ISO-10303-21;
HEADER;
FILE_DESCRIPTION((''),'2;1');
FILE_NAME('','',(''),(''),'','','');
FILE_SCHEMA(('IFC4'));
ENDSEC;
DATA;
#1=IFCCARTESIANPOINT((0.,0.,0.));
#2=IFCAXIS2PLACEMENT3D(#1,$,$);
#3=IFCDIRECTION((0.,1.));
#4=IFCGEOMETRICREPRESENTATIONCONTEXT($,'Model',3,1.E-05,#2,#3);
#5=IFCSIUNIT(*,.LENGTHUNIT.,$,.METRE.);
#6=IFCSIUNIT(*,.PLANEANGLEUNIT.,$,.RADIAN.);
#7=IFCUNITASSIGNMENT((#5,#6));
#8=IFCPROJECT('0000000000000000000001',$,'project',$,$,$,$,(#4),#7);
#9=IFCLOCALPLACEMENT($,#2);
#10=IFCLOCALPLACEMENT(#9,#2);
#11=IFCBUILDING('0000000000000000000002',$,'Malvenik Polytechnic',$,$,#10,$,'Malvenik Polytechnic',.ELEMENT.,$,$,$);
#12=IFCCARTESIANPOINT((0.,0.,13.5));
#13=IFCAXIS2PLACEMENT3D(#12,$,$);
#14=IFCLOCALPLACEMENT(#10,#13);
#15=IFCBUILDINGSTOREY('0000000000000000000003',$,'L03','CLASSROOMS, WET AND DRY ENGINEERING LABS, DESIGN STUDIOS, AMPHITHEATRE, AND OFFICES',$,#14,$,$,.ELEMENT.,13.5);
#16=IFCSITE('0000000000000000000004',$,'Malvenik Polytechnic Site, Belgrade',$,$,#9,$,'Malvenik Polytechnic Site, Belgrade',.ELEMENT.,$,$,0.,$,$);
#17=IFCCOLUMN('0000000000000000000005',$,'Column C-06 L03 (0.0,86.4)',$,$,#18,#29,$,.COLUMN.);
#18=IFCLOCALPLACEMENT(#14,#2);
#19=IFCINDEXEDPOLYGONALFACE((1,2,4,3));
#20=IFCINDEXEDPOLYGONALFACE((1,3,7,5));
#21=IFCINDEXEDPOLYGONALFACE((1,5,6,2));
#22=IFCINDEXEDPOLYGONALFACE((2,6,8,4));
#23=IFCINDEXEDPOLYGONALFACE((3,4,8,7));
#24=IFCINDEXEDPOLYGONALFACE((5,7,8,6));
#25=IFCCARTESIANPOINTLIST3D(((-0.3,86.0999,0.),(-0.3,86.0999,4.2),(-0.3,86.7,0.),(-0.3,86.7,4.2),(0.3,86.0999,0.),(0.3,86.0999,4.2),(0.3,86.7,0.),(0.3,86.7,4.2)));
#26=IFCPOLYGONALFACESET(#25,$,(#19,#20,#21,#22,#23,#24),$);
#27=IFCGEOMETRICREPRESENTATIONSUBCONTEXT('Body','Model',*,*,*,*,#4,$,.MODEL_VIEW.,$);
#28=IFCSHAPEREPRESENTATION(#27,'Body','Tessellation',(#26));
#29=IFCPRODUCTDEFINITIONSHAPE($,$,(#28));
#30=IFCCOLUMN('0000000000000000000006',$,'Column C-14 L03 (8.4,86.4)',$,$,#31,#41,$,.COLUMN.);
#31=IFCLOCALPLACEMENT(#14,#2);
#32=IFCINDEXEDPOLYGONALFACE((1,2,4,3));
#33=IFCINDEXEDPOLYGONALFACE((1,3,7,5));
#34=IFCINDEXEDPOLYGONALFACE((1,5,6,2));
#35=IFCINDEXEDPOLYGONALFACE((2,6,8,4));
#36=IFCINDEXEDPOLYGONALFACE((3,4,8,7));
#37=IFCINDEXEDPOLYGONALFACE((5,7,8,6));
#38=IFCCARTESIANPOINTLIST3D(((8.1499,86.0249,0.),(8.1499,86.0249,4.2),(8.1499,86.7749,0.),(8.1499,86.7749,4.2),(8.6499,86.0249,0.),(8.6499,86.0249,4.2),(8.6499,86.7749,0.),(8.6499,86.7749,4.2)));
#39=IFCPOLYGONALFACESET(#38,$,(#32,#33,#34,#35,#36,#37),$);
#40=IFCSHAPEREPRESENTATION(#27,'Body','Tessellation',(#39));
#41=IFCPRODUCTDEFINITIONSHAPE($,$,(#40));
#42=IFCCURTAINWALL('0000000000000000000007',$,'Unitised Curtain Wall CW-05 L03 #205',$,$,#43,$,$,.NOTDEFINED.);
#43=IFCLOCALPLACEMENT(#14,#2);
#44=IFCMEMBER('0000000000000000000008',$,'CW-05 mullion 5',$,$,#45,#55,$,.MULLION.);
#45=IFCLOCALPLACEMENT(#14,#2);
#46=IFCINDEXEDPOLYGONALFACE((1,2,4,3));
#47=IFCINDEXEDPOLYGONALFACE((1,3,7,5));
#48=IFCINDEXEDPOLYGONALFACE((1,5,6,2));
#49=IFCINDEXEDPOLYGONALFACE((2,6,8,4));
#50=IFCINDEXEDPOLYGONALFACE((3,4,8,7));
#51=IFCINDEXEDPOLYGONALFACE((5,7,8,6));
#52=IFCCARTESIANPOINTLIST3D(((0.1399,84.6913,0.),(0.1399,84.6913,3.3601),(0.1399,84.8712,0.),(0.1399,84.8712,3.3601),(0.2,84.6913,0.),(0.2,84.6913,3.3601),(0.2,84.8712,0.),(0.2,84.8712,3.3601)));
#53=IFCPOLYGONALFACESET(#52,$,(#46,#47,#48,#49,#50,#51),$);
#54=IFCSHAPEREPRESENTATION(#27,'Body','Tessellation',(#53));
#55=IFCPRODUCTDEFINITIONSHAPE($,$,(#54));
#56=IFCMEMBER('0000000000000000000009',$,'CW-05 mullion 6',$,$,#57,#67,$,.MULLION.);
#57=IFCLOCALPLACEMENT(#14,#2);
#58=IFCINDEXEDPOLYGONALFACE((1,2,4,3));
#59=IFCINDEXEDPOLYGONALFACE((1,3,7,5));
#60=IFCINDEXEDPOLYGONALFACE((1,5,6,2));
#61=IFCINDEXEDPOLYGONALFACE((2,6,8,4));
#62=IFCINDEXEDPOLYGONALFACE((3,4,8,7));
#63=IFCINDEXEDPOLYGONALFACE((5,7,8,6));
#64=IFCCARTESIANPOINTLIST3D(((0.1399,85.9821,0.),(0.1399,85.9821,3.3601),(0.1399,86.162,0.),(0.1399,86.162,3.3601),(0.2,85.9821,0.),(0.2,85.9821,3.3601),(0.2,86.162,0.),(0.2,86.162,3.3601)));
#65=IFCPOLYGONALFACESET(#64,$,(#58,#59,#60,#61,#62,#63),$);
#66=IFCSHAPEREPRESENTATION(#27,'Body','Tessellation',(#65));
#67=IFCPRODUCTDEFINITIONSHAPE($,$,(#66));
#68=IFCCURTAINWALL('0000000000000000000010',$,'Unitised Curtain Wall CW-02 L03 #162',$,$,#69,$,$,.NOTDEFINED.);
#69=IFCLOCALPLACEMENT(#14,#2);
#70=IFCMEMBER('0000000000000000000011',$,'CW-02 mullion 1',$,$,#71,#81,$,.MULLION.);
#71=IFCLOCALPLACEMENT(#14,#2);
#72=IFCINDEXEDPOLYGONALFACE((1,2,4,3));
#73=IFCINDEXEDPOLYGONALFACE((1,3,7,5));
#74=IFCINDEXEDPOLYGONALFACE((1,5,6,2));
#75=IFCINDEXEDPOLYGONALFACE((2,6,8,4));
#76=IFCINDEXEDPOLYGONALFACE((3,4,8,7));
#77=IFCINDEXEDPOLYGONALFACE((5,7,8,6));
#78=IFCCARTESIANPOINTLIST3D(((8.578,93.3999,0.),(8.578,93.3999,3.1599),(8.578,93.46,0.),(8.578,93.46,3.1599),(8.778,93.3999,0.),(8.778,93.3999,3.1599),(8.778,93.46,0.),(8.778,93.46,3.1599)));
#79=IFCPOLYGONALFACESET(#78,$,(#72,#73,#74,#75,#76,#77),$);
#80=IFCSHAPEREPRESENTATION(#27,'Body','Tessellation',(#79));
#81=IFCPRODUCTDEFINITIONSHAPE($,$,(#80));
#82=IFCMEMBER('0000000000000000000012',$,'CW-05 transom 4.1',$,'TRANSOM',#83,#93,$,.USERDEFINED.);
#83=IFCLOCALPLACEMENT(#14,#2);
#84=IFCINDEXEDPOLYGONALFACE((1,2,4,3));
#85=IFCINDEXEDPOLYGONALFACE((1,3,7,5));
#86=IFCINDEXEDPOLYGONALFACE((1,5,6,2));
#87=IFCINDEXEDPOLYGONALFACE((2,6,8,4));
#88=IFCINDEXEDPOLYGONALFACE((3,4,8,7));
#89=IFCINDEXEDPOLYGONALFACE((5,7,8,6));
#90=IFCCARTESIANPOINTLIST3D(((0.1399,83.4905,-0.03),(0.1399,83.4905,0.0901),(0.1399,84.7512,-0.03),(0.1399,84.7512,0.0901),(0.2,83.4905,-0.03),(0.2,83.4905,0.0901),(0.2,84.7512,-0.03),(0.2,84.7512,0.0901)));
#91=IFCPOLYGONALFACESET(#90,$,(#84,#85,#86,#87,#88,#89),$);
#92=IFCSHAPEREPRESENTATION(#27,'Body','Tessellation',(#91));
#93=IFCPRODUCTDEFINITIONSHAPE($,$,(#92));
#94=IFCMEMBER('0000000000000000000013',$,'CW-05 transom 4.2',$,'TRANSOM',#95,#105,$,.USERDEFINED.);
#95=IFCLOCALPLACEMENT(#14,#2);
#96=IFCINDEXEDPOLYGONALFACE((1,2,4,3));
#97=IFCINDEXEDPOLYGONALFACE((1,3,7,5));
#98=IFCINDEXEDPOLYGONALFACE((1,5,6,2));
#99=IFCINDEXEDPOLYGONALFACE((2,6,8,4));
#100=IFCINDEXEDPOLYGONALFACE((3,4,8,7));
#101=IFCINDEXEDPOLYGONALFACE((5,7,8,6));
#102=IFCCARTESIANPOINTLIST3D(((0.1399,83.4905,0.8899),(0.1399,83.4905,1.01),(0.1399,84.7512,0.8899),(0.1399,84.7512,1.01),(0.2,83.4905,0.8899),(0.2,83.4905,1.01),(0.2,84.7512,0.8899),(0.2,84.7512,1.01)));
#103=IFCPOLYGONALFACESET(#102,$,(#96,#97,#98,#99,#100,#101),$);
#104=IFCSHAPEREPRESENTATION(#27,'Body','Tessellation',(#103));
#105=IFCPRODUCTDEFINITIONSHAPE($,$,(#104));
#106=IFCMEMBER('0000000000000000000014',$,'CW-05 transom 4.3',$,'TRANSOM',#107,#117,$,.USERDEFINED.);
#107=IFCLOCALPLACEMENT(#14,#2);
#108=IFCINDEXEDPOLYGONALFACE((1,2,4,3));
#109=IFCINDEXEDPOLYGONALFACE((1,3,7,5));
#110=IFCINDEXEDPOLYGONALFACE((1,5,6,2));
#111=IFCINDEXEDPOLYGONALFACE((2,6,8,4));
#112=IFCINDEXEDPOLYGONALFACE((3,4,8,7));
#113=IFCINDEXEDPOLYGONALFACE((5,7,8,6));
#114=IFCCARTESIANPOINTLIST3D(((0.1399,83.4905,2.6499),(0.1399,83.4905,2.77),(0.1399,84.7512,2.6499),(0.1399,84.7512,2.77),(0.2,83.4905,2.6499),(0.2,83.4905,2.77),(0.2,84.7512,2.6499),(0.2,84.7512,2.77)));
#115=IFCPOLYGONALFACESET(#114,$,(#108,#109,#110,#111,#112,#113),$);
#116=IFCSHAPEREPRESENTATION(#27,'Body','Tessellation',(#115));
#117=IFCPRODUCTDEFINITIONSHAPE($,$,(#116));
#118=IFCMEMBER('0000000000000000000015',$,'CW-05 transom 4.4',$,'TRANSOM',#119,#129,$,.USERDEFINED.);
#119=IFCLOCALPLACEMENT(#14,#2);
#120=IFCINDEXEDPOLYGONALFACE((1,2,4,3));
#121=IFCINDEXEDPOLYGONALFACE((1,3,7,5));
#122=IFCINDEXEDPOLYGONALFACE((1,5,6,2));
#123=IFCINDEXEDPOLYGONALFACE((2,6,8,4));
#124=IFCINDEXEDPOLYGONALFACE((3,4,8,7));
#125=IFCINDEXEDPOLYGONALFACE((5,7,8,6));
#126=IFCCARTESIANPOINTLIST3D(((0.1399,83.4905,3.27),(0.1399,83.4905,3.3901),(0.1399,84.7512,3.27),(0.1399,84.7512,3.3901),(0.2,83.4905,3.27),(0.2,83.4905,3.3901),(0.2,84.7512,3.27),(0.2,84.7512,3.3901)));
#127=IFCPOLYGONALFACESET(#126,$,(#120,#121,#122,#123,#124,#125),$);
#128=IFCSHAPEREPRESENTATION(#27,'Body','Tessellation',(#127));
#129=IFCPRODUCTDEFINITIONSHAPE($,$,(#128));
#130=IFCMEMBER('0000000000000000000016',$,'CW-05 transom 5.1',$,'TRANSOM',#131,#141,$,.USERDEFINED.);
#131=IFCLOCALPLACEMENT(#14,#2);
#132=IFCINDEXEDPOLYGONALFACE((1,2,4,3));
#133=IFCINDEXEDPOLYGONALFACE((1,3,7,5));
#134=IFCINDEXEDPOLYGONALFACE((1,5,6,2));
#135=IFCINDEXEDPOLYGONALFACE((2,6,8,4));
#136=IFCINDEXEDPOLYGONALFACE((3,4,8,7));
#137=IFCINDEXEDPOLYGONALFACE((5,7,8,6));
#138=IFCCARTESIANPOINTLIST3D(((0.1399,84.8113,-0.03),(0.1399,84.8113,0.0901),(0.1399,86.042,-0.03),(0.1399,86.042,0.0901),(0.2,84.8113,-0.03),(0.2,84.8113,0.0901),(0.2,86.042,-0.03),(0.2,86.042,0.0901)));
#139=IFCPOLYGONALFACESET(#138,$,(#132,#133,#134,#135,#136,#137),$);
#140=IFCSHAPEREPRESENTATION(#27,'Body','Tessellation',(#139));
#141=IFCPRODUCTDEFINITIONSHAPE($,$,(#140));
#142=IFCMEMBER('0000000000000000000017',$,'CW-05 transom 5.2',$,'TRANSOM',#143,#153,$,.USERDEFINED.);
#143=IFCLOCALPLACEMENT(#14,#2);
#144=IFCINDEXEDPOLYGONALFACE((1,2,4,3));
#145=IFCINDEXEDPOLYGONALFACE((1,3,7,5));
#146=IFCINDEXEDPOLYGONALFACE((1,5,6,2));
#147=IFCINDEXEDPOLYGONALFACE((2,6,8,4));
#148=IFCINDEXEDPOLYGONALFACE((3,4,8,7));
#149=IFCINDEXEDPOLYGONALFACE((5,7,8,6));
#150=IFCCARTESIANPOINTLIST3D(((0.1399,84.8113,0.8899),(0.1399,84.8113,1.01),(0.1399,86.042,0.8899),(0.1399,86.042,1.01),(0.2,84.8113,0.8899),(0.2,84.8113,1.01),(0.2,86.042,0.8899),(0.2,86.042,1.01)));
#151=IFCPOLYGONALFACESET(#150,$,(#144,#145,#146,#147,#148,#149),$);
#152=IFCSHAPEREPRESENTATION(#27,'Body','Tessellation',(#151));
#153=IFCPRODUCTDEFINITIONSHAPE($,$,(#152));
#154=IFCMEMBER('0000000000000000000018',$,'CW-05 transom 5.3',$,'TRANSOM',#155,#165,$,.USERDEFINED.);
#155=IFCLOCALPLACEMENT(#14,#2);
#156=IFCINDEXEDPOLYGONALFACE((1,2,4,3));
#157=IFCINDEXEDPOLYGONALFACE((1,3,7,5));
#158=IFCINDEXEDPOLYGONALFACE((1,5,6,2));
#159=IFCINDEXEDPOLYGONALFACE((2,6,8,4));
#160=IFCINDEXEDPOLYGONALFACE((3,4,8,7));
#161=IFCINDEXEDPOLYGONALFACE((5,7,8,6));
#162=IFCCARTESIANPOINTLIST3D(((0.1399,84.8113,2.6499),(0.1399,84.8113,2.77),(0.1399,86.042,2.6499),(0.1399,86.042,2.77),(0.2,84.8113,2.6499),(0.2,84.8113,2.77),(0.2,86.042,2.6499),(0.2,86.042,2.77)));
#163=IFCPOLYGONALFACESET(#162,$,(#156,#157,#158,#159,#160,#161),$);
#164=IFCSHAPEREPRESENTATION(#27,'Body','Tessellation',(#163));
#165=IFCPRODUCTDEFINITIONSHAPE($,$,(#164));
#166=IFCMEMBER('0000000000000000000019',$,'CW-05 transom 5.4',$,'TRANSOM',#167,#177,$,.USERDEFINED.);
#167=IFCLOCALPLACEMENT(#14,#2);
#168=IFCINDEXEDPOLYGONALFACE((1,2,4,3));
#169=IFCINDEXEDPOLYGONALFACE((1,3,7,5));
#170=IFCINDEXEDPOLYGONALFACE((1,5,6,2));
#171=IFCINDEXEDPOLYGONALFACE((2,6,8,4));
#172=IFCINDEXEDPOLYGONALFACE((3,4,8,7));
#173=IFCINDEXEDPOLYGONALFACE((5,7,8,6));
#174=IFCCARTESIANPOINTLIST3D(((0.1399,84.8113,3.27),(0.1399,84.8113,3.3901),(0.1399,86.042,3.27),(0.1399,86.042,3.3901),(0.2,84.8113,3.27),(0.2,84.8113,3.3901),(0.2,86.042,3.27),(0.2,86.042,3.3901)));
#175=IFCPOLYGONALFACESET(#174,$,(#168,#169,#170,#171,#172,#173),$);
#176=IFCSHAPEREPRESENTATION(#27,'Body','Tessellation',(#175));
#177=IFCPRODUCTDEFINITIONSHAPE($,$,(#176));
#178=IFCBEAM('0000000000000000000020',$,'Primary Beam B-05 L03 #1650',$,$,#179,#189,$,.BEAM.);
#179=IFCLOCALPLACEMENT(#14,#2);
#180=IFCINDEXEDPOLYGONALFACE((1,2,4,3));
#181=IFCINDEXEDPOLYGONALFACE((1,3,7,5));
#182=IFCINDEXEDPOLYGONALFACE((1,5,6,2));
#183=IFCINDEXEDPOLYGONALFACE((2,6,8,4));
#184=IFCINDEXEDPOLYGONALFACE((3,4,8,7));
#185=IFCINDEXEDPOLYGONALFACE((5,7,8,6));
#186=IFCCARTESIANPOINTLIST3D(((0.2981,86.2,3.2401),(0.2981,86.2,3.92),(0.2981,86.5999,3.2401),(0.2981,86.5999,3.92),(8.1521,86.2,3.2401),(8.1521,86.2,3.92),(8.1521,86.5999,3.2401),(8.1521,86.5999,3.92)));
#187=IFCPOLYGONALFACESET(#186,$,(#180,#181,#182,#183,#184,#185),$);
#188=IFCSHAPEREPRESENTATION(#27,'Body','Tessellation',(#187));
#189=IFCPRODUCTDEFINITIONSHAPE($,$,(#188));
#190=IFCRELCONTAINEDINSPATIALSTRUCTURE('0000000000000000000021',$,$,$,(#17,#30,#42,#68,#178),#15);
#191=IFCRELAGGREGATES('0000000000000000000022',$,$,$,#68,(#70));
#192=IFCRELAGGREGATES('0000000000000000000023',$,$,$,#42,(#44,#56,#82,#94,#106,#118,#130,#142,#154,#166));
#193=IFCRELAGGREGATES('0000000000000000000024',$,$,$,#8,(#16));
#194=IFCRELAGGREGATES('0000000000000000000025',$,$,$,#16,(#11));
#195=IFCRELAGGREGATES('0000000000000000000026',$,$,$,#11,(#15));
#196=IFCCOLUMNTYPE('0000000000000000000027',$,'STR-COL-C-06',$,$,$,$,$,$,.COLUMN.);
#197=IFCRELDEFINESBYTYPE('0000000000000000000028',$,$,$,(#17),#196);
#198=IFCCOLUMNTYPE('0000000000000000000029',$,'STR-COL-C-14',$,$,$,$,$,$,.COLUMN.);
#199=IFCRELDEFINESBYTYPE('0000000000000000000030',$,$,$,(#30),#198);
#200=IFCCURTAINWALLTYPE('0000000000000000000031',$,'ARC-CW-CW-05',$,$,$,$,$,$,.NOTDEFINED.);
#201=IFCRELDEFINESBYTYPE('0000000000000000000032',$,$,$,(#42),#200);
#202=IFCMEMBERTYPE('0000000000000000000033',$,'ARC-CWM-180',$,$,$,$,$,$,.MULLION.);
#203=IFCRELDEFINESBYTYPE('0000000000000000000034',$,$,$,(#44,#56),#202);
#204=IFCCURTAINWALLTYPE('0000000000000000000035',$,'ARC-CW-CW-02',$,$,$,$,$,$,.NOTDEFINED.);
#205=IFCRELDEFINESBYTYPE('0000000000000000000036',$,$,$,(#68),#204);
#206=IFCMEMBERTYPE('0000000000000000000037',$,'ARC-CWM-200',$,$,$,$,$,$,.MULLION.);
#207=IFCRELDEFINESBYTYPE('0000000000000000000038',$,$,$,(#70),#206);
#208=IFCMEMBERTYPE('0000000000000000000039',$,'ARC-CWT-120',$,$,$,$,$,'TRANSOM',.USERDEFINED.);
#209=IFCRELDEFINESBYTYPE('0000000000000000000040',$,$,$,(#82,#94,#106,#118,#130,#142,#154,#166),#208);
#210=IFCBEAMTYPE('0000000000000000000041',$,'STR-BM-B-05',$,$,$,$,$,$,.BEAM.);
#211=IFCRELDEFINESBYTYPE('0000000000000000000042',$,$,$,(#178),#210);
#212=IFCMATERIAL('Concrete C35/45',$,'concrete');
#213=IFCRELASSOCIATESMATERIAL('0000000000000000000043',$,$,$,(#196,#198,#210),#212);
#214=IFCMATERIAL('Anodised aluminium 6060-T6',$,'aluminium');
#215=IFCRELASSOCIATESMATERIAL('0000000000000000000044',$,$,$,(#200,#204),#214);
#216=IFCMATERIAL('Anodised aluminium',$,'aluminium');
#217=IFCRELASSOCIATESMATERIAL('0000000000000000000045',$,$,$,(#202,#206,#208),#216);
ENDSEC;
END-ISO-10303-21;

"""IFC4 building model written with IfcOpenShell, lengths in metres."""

from ifc_helpers import new_model, si_unit, direction, frame, origin, origin_2d, place, context, subcontext, project, spatial, rectangle, extrude, material, material_profile, profile_set, type_object, element, aggregate, save


model = new_model("IFC4")

# Units and contexts
model_context = context("Model", 3, precision=1e-05, world=origin(), true_north=direction((0.0, 1.0)))
body_context = subcontext(model_context, "Body", "Model", "MODEL_VIEW")
ifc_project = project(units=[si_unit("LENGTHUNIT", "METRE"), si_unit("PLANEANGLEUNIT", "RADIAN")], contexts=[model_context])

# Site, building, storey
site_placement = place(None, origin())
site = spatial("IfcSite", under=ifc_project, at=site_placement, Name="Malvenik Polytechnic Site, Belgrade", LongName="Malvenik Polytechnic Site, Belgrade", CompositionType="ELEMENT", RefElevation=0.0)
building_placement = place(site_placement, origin())
building = spatial("IfcBuilding", under=site, at=building_placement, Name="Malvenik Polytechnic", LongName="Malvenik Polytechnic", CompositionType="ELEMENT")
storey_placement = place(building_placement, frame((0.0, 0.0, 13.5)))
storey = spatial("IfcBuildingStorey", under=building, at=storey_placement, Name="L03", Description="CLASSROOMS, WET AND DRY ENGINEERING LABS, DESIGN STUDIOS, AMPHITHEATRE, AND OFFICES", CompositionType="ELEMENT", Elevation=13.5)

# Columns
ifc_material_1 = material(Name="Concrete C35/45", Category="concrete")
ifc_material_profile_1 = material_profile(ifc_material_1, rectangle(XDim=0.6001, YDim=0.6001, at=origin_2d()), Name="RC COL 600x600")
ifc_profile_set_1 = profile_set([ifc_material_profile_1], Name="Concrete C35/45")
column_type_1 = type_object("IfcColumnType", Name="STR-COL-C-06", PredefinedType="COLUMN", material=ifc_profile_set_1)
column_1_placement = place(storey_placement, frame((0.0, 86.3999, 0.0), z_axis=(0.0, 0.0, 1.0), x_axis=(1.0, 0.0, 0.0)))
element("IfcColumn", 1, at=column_1_placement, inside=storey, type_object=column_type_1, Name="Column C-06 L03 (0.0,86.4)", PredefinedType="COLUMN", context=body_context, shape_type="SweptSolid", body=[
    extrude(rectangle(XDim=0.6001, YDim=0.6001, at=origin_2d()), origin(), (0.0, 0.0, 1.0), 4.2),
])
ifc_material_profile_2 = material_profile(ifc_material_1, rectangle(XDim=0.5, YDim=0.75, at=origin_2d()), Name="RC COL 750x500")
ifc_profile_set_2 = profile_set([ifc_material_profile_2], Name="Concrete C35/45")
column_type_2 = type_object("IfcColumnType", Name="STR-COL-C-14", PredefinedType="COLUMN", material=ifc_profile_set_2)
column_2_placement = place(storey_placement, frame((8.3999, 86.3999, 0.0), z_axis=(0.0, 0.0, 1.0), x_axis=(1.0, 0.0, 0.0)))
element("IfcColumn", 2, at=column_2_placement, inside=storey, type_object=column_type_2, Name="Column C-14 L03 (8.4,86.4)", PredefinedType="COLUMN", context=body_context, shape_type="SweptSolid", body=[
    extrude(rectangle(XDim=0.5, YDim=0.75, at=origin_2d()), origin(), (0.0, 0.0, 1.0), 4.2),
])

# Curtain wall, members
ifc_material_2 = material(Name="Anodised aluminium 6060-T6", Category="aluminium")
curtain_wall_type_1 = type_object("IfcCurtainWallType", Name="ARC-CW-CW-05", PredefinedType="NOTDEFINED", material=ifc_material_2)
curtain_wall_1_placement = place(storey_placement, origin())
curtain_wall_1 = element("IfcCurtainWall", 3, at=curtain_wall_1_placement, inside=storey, type_object=curtain_wall_type_1, Name="Unitised Curtain Wall CW-05 L03 #205", PredefinedType="NOTDEFINED")
ifc_material_3 = material(Name="Anodised aluminium", Category="aluminium")
ifc_material_profile_3 = material_profile(ifc_material_3, rectangle(XDim=0.0601, YDim=0.1799, at=origin_2d()), Name="ALU MULLION 60x180")
ifc_profile_set_3 = profile_set([ifc_material_profile_3], Name="Anodised aluminium")
member_type_1 = type_object("IfcMemberType", Name="ARC-CWM-180", PredefinedType="MULLION", material=ifc_profile_set_3)
member_1_placement = place(storey_placement, frame((0.1699, 84.7812, 0.0), z_axis=(0.0, 0.0, 1.0), x_axis=(-1.0, 0.0, 0.0)))
member_1 = element("IfcMember", 4, at=member_1_placement, type_object=member_type_1, Name="CW-05 mullion 5", PredefinedType="MULLION", context=body_context, shape_type="SweptSolid", body=[
    extrude(rectangle(XDim=0.0601, YDim=0.1799, at=origin_2d()), origin(), (0.0, 0.0, 1.0), 3.3601),
])
member_2_placement = place(storey_placement, frame((0.1699, 86.072, 0.0), z_axis=(0.0, 0.0, 1.0), x_axis=(-1.0, 0.0, 0.0)))
member_2 = element("IfcMember", 5, at=member_2_placement, type_object=member_type_1, Name="CW-05 mullion 6", PredefinedType="MULLION", context=body_context, shape_type="SweptSolid", body=[
    extrude(rectangle(XDim=0.0601, YDim=0.1799, at=origin_2d()), origin(), (0.0, 0.0, 1.0), 3.3601),
])

# Curtain wall, member
curtain_wall_type_2 = type_object("IfcCurtainWallType", Name="ARC-CW-CW-02", PredefinedType="NOTDEFINED", material=ifc_material_2)
curtain_wall_2_placement = place(storey_placement, origin())
curtain_wall_2 = element("IfcCurtainWall", 6, at=curtain_wall_2_placement, inside=storey, type_object=curtain_wall_type_2, Name="Unitised Curtain Wall CW-02 L03 #162", PredefinedType="NOTDEFINED")
ifc_material_profile_4 = material_profile(ifc_material_3, rectangle(XDim=0.0601, YDim=0.2, at=origin_2d()), Name="ALU MULLION 60x200")
ifc_profile_set_4 = profile_set([ifc_material_profile_4], Name="Anodised aluminium")
member_type_2 = type_object("IfcMemberType", Name="ARC-CWM-200", PredefinedType="MULLION", material=ifc_profile_set_4)
member_3_placement = place(storey_placement, frame((8.678, 93.4299, 0.0), z_axis=(0.0, 0.0, 1.0), x_axis=(0.0, 1.0, 0.0)))
member_3 = element("IfcMember", 7, at=member_3_placement, type_object=member_type_2, Name="CW-02 mullion 1", PredefinedType="MULLION", context=body_context, shape_type="SweptSolid", body=[
    extrude(rectangle(XDim=0.0601, YDim=0.2, at=origin_2d()), origin(), (0.0, 0.0, 1.0), 3.1599),
])
aggregate(curtain_wall_2, [member_3])

# Members
ifc_material_profile_5 = material_profile(ifc_material_3, rectangle(XDim=0.0601, YDim=0.1201, at=origin_2d()), Name="ALU TRANSOM 60x120")
ifc_profile_set_5 = profile_set([ifc_material_profile_5], Name="Anodised aluminium")
member_type_3 = type_object("IfcMemberType", Name="ARC-CWT-120", ElementType="TRANSOM", PredefinedType="USERDEFINED", material=ifc_profile_set_5)
member_4_placement = place(storey_placement, frame((0.1699, 83.4905, 0.03), z_axis=(0.0, 1.0, 0.0), x_axis=(-1.0, 0.0, 0.0)))
member_4 = element("IfcMember", 8, at=member_4_placement, type_object=member_type_3, Name="CW-05 transom 4.1", ObjectType="TRANSOM", PredefinedType="USERDEFINED", context=body_context, shape_type="SweptSolid", body=[
    extrude(rectangle(XDim=0.0601, YDim=0.1201, at=origin_2d()), origin(), (0.0, 0.0, 1.0), 1.2607),
])
member_5_placement = place(storey_placement, frame((0.1699, 83.4905, 0.95), z_axis=(0.0, 1.0, 0.0), x_axis=(-1.0, 0.0, 0.0)))
member_5 = element("IfcMember", 9, at=member_5_placement, type_object=member_type_3, Name="CW-05 transom 4.2", ObjectType="TRANSOM", PredefinedType="USERDEFINED", context=body_context, shape_type="SweptSolid", body=[
    extrude(rectangle(XDim=0.0601, YDim=0.1201, at=origin_2d()), origin(), (0.0, 0.0, 1.0), 1.2607),
])
member_6_placement = place(storey_placement, frame((0.1699, 83.4905, 2.71), z_axis=(0.0, 1.0, 0.0), x_axis=(-1.0, 0.0, 0.0)))
member_6 = element("IfcMember", 10, at=member_6_placement, type_object=member_type_3, Name="CW-05 transom 4.3", ObjectType="TRANSOM", PredefinedType="USERDEFINED", context=body_context, shape_type="SweptSolid", body=[
    extrude(rectangle(XDim=0.0601, YDim=0.1201, at=origin_2d()), origin(), (0.0, 0.0, 1.0), 1.2607),
])
member_7_placement = place(storey_placement, frame((0.1699, 83.4905, 3.3301), z_axis=(0.0, 1.0, 0.0), x_axis=(-1.0, 0.0, 0.0)))
member_7 = element("IfcMember", 11, at=member_7_placement, type_object=member_type_3, Name="CW-05 transom 4.4", ObjectType="TRANSOM", PredefinedType="USERDEFINED", context=body_context, shape_type="SweptSolid", body=[
    extrude(rectangle(XDim=0.0601, YDim=0.1201, at=origin_2d()), origin(), (0.0, 0.0, 1.0), 1.2607),
])
member_8_placement = place(storey_placement, frame((0.1699, 84.8113, 0.03), z_axis=(0.0, 1.0, 0.0), x_axis=(-1.0, 0.0, 0.0)))
member_8 = element("IfcMember", 12, at=member_8_placement, type_object=member_type_3, Name="CW-05 transom 5.1", ObjectType="TRANSOM", PredefinedType="USERDEFINED", context=body_context, shape_type="SweptSolid", body=[
    extrude(rectangle(XDim=0.0601, YDim=0.1201, at=origin_2d()), origin(), (0.0, 0.0, 1.0), 1.2307),
])
member_9_placement = place(storey_placement, frame((0.1699, 84.8113, 0.95), z_axis=(0.0, 1.0, 0.0), x_axis=(-1.0, 0.0, 0.0)))
member_9 = element("IfcMember", 13, at=member_9_placement, type_object=member_type_3, Name="CW-05 transom 5.2", ObjectType="TRANSOM", PredefinedType="USERDEFINED", context=body_context, shape_type="SweptSolid", body=[
    extrude(rectangle(XDim=0.0601, YDim=0.1201, at=origin_2d()), origin(), (0.0, 0.0, 1.0), 1.2307),
])
member_10_placement = place(storey_placement, frame((0.1699, 84.8113, 2.71), z_axis=(0.0, 1.0, 0.0), x_axis=(-1.0, 0.0, 0.0)))
member_10 = element("IfcMember", 14, at=member_10_placement, type_object=member_type_3, Name="CW-05 transom 5.3", ObjectType="TRANSOM", PredefinedType="USERDEFINED", context=body_context, shape_type="SweptSolid", body=[
    extrude(rectangle(XDim=0.0601, YDim=0.1201, at=origin_2d()), origin(), (0.0, 0.0, 1.0), 1.2307),
])
member_11_placement = place(storey_placement, frame((0.1699, 84.8113, 3.3301), z_axis=(0.0, 1.0, 0.0), x_axis=(-1.0, 0.0, 0.0)))
member_11 = element("IfcMember", 15, at=member_11_placement, type_object=member_type_3, Name="CW-05 transom 5.4", ObjectType="TRANSOM", PredefinedType="USERDEFINED", context=body_context, shape_type="SweptSolid", body=[
    extrude(rectangle(XDim=0.0601, YDim=0.1201, at=origin_2d()), origin(), (0.0, 0.0, 1.0), 1.2307),
])

# Beam
ifc_material_profile_6 = material_profile(ifc_material_1, rectangle(XDim=0.3999, YDim=0.6799, at=origin_2d()), Name="RC BM 400x680")
ifc_profile_set_6 = profile_set([ifc_material_profile_6], Name="Concrete C35/45")
beam_type_1 = type_object("IfcBeamType", Name="STR-BM-B-05", PredefinedType="BEAM", material=ifc_profile_set_6)
beam_1_placement = place(storey_placement, frame((0.2981, 86.3999, 3.5801), z_axis=(1.0, 0.0, 0.0), x_axis=(0.0, 1.0, 0.0)))
element("IfcBeam", 16, at=beam_1_placement, inside=storey, type_object=beam_type_1, Name="Primary Beam B-05 L03 #1650", PredefinedType="BEAM", context=body_context, shape_type="SweptSolid", body=[
    extrude(rectangle(XDim=0.3999, YDim=0.6799, at=origin_2d()), origin(), (0.0, 0.0, 1.0), 7.854),
])

aggregate(curtain_wall_1, [member_1, member_2, member_4, member_5, member_6, member_7, member_8, member_9, member_10, member_11])

save(model, "model.ifc")
